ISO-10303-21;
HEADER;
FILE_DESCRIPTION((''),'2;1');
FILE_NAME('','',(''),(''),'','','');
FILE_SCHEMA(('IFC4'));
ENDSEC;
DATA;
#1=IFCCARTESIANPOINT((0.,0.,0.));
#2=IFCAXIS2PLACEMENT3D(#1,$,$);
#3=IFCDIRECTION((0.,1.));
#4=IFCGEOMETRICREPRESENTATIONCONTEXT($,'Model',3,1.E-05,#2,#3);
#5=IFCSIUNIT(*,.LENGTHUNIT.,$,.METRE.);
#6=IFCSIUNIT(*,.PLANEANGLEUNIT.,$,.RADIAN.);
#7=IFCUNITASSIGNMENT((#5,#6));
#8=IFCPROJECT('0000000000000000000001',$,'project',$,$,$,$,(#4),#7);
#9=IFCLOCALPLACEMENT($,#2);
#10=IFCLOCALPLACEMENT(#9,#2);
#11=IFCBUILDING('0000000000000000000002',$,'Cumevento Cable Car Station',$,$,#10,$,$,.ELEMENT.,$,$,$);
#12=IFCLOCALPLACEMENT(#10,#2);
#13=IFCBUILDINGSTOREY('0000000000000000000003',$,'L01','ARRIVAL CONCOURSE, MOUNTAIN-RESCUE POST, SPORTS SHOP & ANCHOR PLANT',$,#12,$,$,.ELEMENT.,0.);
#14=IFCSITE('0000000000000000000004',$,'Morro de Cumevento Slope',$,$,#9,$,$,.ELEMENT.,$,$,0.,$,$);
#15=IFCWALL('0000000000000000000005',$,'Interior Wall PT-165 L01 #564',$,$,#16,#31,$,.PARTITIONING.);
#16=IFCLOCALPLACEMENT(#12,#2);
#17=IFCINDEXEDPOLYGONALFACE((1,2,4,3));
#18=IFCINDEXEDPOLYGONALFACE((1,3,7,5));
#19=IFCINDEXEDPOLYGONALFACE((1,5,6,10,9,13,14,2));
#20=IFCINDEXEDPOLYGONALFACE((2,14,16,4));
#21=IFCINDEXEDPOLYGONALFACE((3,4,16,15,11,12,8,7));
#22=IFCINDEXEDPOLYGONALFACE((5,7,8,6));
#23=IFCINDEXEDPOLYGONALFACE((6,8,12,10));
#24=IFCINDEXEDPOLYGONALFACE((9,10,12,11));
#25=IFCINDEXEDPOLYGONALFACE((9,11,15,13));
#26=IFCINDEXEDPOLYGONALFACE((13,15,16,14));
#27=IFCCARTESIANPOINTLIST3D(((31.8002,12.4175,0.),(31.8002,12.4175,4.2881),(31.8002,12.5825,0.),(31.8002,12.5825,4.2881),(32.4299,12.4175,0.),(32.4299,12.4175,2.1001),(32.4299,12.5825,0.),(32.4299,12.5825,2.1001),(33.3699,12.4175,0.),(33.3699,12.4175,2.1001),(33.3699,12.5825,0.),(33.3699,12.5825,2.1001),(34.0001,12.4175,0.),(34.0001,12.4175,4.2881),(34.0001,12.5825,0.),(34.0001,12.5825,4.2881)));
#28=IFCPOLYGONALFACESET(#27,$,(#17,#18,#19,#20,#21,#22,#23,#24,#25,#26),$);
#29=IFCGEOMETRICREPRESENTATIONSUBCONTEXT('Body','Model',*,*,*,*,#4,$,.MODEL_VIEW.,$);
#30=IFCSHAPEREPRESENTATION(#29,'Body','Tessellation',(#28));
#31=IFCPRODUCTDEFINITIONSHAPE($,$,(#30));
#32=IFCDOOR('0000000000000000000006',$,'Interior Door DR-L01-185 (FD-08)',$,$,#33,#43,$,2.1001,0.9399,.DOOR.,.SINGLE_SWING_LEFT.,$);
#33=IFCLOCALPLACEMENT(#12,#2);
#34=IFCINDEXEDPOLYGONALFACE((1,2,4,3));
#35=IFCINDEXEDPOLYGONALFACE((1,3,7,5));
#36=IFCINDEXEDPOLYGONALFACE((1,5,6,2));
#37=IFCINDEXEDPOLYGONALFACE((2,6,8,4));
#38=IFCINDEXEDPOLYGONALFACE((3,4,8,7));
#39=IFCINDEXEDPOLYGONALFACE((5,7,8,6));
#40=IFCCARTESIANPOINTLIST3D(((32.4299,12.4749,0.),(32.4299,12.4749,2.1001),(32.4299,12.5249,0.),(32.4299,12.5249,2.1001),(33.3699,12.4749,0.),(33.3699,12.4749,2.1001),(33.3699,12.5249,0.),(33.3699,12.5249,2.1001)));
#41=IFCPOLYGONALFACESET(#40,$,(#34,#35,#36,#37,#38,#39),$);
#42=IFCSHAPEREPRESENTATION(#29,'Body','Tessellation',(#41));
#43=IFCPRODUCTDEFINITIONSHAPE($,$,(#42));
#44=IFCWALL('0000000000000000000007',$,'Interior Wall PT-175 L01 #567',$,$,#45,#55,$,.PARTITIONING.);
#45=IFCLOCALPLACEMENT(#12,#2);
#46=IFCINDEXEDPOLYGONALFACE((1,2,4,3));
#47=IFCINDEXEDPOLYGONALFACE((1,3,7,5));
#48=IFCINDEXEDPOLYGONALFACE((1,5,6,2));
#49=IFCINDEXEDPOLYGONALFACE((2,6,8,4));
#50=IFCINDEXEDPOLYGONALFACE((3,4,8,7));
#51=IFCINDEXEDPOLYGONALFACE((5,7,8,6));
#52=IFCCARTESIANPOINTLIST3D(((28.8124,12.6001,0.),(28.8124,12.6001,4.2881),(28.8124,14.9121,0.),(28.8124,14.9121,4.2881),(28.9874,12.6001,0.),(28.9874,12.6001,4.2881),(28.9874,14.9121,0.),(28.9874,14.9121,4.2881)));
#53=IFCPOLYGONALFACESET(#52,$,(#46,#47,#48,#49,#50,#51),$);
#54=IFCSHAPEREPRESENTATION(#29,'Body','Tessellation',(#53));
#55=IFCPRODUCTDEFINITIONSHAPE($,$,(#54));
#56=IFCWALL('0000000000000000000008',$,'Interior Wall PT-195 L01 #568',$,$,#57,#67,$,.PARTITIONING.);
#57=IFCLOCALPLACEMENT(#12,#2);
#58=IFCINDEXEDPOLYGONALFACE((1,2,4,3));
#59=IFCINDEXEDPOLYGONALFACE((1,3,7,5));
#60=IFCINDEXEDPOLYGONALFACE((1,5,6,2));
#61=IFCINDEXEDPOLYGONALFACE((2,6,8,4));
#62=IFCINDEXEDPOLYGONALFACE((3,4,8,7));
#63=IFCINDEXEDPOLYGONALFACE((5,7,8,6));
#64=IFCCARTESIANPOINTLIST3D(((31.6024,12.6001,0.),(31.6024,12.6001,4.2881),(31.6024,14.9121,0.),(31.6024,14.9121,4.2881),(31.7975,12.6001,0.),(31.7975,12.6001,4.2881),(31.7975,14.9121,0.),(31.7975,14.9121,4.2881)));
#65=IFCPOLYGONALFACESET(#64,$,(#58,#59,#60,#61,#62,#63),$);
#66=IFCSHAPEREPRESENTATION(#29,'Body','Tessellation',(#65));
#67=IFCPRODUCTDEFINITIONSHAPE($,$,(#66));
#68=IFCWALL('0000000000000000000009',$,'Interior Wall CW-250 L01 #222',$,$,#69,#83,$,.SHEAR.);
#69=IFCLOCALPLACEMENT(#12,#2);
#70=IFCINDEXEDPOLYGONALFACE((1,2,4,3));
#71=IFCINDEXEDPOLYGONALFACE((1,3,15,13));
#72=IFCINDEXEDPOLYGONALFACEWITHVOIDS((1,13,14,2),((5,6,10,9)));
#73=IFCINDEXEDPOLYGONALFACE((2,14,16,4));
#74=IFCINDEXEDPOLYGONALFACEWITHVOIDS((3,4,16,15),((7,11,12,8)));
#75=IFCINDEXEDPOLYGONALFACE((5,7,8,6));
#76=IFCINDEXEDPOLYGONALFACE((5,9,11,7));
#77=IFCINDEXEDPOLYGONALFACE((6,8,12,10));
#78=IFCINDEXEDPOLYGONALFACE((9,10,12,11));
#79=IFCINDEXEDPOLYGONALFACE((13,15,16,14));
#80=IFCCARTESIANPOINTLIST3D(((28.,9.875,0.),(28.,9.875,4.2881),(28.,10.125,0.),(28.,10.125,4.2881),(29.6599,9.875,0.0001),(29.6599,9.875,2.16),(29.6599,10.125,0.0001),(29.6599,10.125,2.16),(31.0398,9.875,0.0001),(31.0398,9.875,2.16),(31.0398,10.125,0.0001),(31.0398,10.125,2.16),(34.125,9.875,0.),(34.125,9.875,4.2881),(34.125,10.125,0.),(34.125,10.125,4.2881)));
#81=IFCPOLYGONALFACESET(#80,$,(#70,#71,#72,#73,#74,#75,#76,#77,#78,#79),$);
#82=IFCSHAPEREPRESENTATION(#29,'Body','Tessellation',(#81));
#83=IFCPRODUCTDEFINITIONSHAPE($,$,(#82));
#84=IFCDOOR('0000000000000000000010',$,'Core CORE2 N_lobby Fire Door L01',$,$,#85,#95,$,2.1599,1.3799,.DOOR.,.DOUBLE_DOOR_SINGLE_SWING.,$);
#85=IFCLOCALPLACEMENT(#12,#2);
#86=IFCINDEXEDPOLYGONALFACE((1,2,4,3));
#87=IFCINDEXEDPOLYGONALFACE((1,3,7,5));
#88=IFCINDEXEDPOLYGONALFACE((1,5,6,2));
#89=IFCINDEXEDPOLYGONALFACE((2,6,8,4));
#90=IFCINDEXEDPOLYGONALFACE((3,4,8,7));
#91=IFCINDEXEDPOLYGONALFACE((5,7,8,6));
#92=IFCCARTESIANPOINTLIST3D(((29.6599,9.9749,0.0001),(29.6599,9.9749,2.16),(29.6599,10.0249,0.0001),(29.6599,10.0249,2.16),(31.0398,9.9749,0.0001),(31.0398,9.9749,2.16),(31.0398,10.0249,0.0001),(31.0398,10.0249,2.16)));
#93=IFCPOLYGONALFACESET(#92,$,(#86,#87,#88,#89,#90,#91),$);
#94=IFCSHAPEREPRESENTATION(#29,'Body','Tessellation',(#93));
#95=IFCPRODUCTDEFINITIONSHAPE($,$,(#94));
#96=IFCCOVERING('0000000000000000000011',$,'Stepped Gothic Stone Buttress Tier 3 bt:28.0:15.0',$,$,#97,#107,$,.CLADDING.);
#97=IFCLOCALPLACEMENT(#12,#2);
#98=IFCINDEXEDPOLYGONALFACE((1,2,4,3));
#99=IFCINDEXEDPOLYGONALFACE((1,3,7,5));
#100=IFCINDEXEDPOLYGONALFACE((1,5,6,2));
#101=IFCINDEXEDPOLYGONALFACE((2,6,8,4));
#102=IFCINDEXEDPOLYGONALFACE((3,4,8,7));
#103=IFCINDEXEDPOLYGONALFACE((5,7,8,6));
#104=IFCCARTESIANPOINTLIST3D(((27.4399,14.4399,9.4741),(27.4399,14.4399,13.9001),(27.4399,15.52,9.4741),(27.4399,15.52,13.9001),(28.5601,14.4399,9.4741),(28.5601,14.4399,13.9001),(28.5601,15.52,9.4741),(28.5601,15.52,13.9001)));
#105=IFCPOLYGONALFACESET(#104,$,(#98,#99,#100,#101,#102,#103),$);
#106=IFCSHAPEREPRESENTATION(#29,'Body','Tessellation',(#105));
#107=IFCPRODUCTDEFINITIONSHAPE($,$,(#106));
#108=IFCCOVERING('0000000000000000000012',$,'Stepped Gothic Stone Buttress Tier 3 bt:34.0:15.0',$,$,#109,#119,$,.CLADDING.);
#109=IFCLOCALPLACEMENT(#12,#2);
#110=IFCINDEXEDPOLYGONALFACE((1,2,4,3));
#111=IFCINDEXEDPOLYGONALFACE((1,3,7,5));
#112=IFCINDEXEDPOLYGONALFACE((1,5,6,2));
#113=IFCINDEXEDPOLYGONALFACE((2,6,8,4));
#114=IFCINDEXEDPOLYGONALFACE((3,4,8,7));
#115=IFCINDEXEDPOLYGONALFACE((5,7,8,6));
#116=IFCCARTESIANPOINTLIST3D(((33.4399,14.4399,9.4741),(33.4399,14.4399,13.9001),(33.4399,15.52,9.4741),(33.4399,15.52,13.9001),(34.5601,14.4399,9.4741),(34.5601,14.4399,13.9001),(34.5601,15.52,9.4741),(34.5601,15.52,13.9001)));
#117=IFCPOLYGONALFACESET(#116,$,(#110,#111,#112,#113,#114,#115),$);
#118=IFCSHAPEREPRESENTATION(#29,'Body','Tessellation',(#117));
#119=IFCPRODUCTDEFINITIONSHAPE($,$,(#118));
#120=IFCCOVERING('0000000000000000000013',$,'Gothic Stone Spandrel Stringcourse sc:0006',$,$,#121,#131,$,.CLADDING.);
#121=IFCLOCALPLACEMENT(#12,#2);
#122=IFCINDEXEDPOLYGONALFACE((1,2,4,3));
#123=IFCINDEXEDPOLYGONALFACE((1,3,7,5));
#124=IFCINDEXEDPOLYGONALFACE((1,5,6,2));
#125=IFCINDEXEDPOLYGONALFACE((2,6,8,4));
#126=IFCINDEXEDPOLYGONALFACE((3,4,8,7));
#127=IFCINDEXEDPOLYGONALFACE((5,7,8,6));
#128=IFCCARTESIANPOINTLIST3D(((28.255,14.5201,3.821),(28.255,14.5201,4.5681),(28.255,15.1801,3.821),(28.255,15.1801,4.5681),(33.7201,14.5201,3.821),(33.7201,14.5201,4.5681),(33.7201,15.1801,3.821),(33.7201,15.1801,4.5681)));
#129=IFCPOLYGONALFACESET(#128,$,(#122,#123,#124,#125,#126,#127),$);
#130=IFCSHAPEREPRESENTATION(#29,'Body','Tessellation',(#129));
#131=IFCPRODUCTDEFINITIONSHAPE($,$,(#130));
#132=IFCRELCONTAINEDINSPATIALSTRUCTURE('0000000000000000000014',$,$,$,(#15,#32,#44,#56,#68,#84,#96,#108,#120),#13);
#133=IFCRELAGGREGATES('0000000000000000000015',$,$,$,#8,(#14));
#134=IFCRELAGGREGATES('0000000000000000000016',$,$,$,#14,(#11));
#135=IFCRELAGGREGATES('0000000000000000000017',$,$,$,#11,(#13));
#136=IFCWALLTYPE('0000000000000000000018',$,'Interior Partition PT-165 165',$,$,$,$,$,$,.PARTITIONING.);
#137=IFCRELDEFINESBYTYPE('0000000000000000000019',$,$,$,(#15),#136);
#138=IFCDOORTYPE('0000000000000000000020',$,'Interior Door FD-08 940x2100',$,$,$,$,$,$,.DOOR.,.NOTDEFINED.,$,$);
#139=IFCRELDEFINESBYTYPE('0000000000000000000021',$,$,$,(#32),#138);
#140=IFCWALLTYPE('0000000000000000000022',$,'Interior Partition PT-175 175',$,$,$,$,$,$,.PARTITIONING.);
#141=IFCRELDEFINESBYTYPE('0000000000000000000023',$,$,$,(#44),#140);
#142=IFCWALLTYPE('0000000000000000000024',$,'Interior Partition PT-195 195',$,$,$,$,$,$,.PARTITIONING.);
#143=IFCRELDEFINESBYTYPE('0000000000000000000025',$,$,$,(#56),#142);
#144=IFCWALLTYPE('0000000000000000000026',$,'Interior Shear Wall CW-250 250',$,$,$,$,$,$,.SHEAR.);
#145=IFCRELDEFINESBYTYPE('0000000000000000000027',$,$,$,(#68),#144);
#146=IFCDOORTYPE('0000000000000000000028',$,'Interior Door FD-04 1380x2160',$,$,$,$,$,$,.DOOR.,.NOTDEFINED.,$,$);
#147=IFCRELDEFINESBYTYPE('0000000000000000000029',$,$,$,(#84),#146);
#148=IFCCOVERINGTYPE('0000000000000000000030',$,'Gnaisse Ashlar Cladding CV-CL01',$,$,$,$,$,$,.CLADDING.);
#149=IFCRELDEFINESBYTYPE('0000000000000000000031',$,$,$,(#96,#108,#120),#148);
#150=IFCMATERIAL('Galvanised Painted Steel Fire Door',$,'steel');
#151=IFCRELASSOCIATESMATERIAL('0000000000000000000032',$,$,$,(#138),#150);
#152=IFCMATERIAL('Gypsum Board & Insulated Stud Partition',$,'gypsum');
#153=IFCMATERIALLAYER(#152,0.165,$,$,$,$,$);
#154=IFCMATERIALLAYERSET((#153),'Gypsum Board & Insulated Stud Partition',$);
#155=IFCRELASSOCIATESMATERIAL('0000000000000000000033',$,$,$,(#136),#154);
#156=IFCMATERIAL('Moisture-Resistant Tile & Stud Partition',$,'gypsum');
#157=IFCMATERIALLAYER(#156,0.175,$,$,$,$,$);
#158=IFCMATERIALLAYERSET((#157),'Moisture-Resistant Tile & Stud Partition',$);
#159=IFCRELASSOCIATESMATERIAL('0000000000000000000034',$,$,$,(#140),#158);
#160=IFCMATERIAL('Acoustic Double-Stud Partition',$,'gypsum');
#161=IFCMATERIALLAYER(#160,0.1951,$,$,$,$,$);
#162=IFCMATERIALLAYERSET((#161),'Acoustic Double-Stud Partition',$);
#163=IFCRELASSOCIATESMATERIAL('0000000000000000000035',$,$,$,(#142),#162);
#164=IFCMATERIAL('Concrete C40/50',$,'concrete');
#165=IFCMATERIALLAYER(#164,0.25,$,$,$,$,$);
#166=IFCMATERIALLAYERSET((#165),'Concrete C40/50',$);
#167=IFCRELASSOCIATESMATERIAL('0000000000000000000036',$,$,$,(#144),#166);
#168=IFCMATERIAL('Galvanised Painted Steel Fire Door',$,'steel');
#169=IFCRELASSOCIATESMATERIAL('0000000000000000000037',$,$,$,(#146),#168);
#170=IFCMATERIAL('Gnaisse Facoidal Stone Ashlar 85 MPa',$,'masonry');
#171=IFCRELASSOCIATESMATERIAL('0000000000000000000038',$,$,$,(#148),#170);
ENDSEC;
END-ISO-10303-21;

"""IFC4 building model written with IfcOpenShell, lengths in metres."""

from ifc_helpers import new_model, si_unit, direction, frame, frame_2d, origin, origin_2d, place, context, subcontext, project, spatial, rectangle, extrude, material, layer, layer_set, type_object, element, fill, save


model = new_model("IFC4")

# Units and contexts
model_context = context("Model", 3, precision=1e-05, world=origin(), true_north=direction((0.0, 1.0)))
body_context = subcontext(model_context, "Body", "Model", "MODEL_VIEW")
ifc_project = project(units=[si_unit("LENGTHUNIT", "METRE"), si_unit("PLANEANGLEUNIT", "RADIAN")], contexts=[model_context])

# Site, building, storey
site_placement = place(None, origin())
site = spatial("IfcSite", under=ifc_project, at=site_placement, Name="Morro de Cumevento Slope", CompositionType="ELEMENT", RefElevation=0.0)
building_placement = place(site_placement, origin())
building = spatial("IfcBuilding", under=site, at=building_placement, Name="Cumevento Cable Car Station", CompositionType="ELEMENT")
storey_placement = place(building_placement, origin())
storey = spatial("IfcBuildingStorey", under=building, at=storey_placement, Name="L01", Description="ARRIVAL CONCOURSE, MOUNTAIN-RESCUE POST, SPORTS SHOP & ANCHOR PLANT", CompositionType="ELEMENT", Elevation=0.0)

# Wall, opening, door
ifc_material_1 = material(Name="Galvanised Painted Steel Fire Door", Category="steel")
door_type_1 = type_object("IfcDoorType", Name="Interior Door FD-08 940x2100", OperationType="NOTDEFINED", PredefinedType="DOOR", material=ifc_material_1)
ifc_material_2 = material(Name="Gypsum Board & Insulated Stud Partition", Category="gypsum")
ifc_layer_1 = layer(ifc_material_2, 0.165)
ifc_layer_set_1 = layer_set([ifc_layer_1], Name="Gypsum Board & Insulated Stud Partition")
wall_type_1 = type_object("IfcWallType", Name="Interior Partition PT-165 165", PredefinedType="PARTITIONING", material=ifc_layer_set_1)
wall_1_placement = place(storey_placement, frame((31.8, 12.5, 0.0), z_axis=(0.0, 0.0, 1.0), x_axis=(1.0, 0.0, 0.0)))
wall_1 = element("IfcWall", 1, at=wall_1_placement, inside=storey, type_object=wall_type_1, Name="Interior Wall PT-165 L01 #564", PredefinedType="PARTITIONING", context=body_context, shape_type="SweptSolid", body=[
    extrude(rectangle(XDim=2.2, YDim=0.165, at=frame_2d((1.1001, 0.0))), origin(), (0.0, 0.0, 1.0), 4.2881),
])
opening_1_placement = place(wall_1_placement, frame((0.6299, 0.0, 0.0)))
opening_1 = element("IfcOpeningElement", 2, at=opening_1_placement, cuts=wall_1, PredefinedType="OPENING", context=body_context, shape_type="SweptSolid", body=[
    extrude(rectangle(XDim=0.9399, YDim=2.1001, at=frame_2d((0.47, 1.05))), frame((0.0, 0.0925, 0.0), z_axis=(0.0, -1.0, 0.0), x_axis=(1.0, 0.0, 0.0)), (0.0, 0.0, 1.0), 0.1851),
])
door_1_placement = place(opening_1_placement, origin())
door_1 = element("IfcDoor", 3, at=door_1_placement, inside=storey, type_object=door_type_1, Name="Interior Door DR-L01-185 (FD-08)", OperationType="SINGLE_SWING_LEFT", OverallHeight=2.1001, OverallWidth=0.9399, PredefinedType="DOOR", context=body_context, shape_type="SweptSolid", body=[
    extrude(rectangle(XDim=0.9399, YDim=2.1001, at=frame_2d((0.47, 1.05))), frame((0.0, 0.0249, 0.0), z_axis=(0.0, -1.0, 0.0), x_axis=(1.0, 0.0, 0.0)), (0.0, 0.0, 1.0), 0.05),
])
fill(opening_1, door_1)

# Walls
ifc_material_3 = material(Name="Moisture-Resistant Tile & Stud Partition", Category="gypsum")
ifc_layer_2 = layer(ifc_material_3, 0.175)
ifc_layer_set_2 = layer_set([ifc_layer_2], Name="Moisture-Resistant Tile & Stud Partition")
wall_type_2 = type_object("IfcWallType", Name="Interior Partition PT-175 175", PredefinedType="PARTITIONING", material=ifc_layer_set_2)
wall_2_placement = place(storey_placement, frame((28.8999, 12.6001, 0.0), z_axis=(0.0, 0.0, 1.0), x_axis=(0.0, 1.0, 0.0)))
element("IfcWall", 4, at=wall_2_placement, inside=storey, type_object=wall_type_2, Name="Interior Wall PT-175 L01 #567", PredefinedType="PARTITIONING", context=body_context, shape_type="SweptSolid", body=[
    extrude(rectangle(XDim=2.312, YDim=0.175, at=frame_2d((1.156, 0.0))), origin(), (0.0, 0.0, 1.0), 4.2881),
])
ifc_material_4 = material(Name="Acoustic Double-Stud Partition", Category="gypsum")
ifc_layer_3 = layer(ifc_material_4, 0.1951)
ifc_layer_set_3 = layer_set([ifc_layer_3], Name="Acoustic Double-Stud Partition")
wall_type_3 = type_object("IfcWallType", Name="Interior Partition PT-195 195", PredefinedType="PARTITIONING", material=ifc_layer_set_3)
wall_3_placement = place(storey_placement, frame((31.7, 12.6001, 0.0), z_axis=(0.0, 0.0, 1.0), x_axis=(0.0, 1.0, 0.0)))
element("IfcWall", 5, at=wall_3_placement, inside=storey, type_object=wall_type_3, Name="Interior Wall PT-195 L01 #568", PredefinedType="PARTITIONING", context=body_context, shape_type="SweptSolid", body=[
    extrude(rectangle(XDim=2.312, YDim=0.1951, at=frame_2d((1.156, 0.0))), origin(), (0.0, 0.0, 1.0), 4.2881),
])

# Wall, opening, door
ifc_material_5 = material(Name="Concrete C40/50", Category="concrete")
ifc_layer_4 = layer(ifc_material_5, 0.25)
ifc_layer_set_4 = layer_set([ifc_layer_4], Name="Concrete C40/50")
wall_type_4 = type_object("IfcWallType", Name="Interior Shear Wall CW-250 250", PredefinedType="SHEAR", material=ifc_layer_set_4)
wall_4_placement = place(storey_placement, frame((28.0, 10.0, 0.0), z_axis=(0.0, 0.0, 1.0), x_axis=(1.0, 0.0, 0.0)))
wall_4 = element("IfcWall", 6, at=wall_4_placement, inside=storey, type_object=wall_type_4, Name="Interior Wall CW-250 L01 #222", PredefinedType="SHEAR", context=body_context, shape_type="SweptSolid", body=[
    extrude(rectangle(XDim=6.125, YDim=0.25, at=frame_2d((3.0625, 0.0))), origin(), (0.0, 0.0, 1.0), 4.2881),
])
opening_2_placement = place(wall_4_placement, frame((1.6599, 0.0, 0.0)))
opening_2 = element("IfcOpeningElement", 7, at=opening_2_placement, cuts=wall_4, PredefinedType="OPENING", context=body_context, shape_type="SweptSolid", body=[
    extrude(rectangle(XDim=1.3799, YDim=2.1599, at=frame_2d((0.6899, 1.0801))), frame((0.0, 0.135, 0.0), z_axis=(0.0, -1.0, 0.0), x_axis=(1.0, 0.0, 0.0)), (0.0, 0.0, 1.0), 0.27),
])
ifc_material_6 = material(Name="Galvanised Painted Steel Fire Door", Category="steel")
door_type_2 = type_object("IfcDoorType", Name="Interior Door FD-04 1380x2160", OperationType="NOTDEFINED", PredefinedType="DOOR", material=ifc_material_6)
door_2_placement = place(opening_2_placement, origin())
door_2 = element("IfcDoor", 8, at=door_2_placement, inside=storey, type_object=door_type_2, Name="Core CORE2 N_lobby Fire Door L01", OperationType="DOUBLE_DOOR_SINGLE_SWING", OverallHeight=2.1599, OverallWidth=1.3799, PredefinedType="DOOR", context=body_context, shape_type="SweptSolid", body=[
    extrude(rectangle(XDim=1.3799, YDim=2.1599, at=frame_2d((0.6899, 1.0801))), frame((0.0, 0.0249, 0.0), z_axis=(0.0, -1.0, 0.0), x_axis=(1.0, 0.0, 0.0)), (0.0, 0.0, 1.0), 0.05),
])
fill(opening_2, door_2)

# Coverings
ifc_material_7 = material(Name="Gnaisse Facoidal Stone Ashlar 85 MPa", Category="masonry")
covering_type = type_object("IfcCoveringType", Name="Gnaisse Ashlar Cladding CV-CL01", PredefinedType="CLADDING", material=ifc_material_7)
for number, where, z_axis, x_axis, name in (
    (9, (28.0, 14.98, 9.4741), (0.0, 0.0, 1.0), (-1.0, 0.0, 0.0), "Stepped Gothic Stone Buttress Tier 3 bt:28.0:15.0"),
    (10, (34.0, 14.98, 9.4741), (0.0, 0.0, 1.0), (-1.0, 0.0, 0.0), "Stepped Gothic Stone Buttress Tier 3 bt:34.0:15.0"),
):
    element("IfcCovering", number, at=place(storey_placement, frame(where, z_axis=z_axis, x_axis=x_axis)), inside=storey, type_object=covering_type, Name=name, PredefinedType="CLADDING", context=body_context, shape_type="SweptSolid", body=[
        extrude(rectangle(XDim=1.1201, YDim=1.0801, at=origin_2d()), origin(), (0.0, 0.0, 1.0), 4.426),
    ])
covering_placement = place(storey_placement, frame((30.9875, 14.8501, 3.821), z_axis=(0.0, 0.0, 1.0), x_axis=(1.0, 0.0, 0.0)))
element("IfcCovering", 11, at=covering_placement, inside=storey, type_object=covering_type, Name="Gothic Stone Spandrel Stringcourse sc:0006", PredefinedType="CLADDING", context=body_context, shape_type="SweptSolid", body=[
    extrude(rectangle(XDim=5.4651, YDim=0.6599, at=origin_2d()), origin(), (0.0, 0.0, 1.0), 0.7471),
])

save(model, "model.ifc")
